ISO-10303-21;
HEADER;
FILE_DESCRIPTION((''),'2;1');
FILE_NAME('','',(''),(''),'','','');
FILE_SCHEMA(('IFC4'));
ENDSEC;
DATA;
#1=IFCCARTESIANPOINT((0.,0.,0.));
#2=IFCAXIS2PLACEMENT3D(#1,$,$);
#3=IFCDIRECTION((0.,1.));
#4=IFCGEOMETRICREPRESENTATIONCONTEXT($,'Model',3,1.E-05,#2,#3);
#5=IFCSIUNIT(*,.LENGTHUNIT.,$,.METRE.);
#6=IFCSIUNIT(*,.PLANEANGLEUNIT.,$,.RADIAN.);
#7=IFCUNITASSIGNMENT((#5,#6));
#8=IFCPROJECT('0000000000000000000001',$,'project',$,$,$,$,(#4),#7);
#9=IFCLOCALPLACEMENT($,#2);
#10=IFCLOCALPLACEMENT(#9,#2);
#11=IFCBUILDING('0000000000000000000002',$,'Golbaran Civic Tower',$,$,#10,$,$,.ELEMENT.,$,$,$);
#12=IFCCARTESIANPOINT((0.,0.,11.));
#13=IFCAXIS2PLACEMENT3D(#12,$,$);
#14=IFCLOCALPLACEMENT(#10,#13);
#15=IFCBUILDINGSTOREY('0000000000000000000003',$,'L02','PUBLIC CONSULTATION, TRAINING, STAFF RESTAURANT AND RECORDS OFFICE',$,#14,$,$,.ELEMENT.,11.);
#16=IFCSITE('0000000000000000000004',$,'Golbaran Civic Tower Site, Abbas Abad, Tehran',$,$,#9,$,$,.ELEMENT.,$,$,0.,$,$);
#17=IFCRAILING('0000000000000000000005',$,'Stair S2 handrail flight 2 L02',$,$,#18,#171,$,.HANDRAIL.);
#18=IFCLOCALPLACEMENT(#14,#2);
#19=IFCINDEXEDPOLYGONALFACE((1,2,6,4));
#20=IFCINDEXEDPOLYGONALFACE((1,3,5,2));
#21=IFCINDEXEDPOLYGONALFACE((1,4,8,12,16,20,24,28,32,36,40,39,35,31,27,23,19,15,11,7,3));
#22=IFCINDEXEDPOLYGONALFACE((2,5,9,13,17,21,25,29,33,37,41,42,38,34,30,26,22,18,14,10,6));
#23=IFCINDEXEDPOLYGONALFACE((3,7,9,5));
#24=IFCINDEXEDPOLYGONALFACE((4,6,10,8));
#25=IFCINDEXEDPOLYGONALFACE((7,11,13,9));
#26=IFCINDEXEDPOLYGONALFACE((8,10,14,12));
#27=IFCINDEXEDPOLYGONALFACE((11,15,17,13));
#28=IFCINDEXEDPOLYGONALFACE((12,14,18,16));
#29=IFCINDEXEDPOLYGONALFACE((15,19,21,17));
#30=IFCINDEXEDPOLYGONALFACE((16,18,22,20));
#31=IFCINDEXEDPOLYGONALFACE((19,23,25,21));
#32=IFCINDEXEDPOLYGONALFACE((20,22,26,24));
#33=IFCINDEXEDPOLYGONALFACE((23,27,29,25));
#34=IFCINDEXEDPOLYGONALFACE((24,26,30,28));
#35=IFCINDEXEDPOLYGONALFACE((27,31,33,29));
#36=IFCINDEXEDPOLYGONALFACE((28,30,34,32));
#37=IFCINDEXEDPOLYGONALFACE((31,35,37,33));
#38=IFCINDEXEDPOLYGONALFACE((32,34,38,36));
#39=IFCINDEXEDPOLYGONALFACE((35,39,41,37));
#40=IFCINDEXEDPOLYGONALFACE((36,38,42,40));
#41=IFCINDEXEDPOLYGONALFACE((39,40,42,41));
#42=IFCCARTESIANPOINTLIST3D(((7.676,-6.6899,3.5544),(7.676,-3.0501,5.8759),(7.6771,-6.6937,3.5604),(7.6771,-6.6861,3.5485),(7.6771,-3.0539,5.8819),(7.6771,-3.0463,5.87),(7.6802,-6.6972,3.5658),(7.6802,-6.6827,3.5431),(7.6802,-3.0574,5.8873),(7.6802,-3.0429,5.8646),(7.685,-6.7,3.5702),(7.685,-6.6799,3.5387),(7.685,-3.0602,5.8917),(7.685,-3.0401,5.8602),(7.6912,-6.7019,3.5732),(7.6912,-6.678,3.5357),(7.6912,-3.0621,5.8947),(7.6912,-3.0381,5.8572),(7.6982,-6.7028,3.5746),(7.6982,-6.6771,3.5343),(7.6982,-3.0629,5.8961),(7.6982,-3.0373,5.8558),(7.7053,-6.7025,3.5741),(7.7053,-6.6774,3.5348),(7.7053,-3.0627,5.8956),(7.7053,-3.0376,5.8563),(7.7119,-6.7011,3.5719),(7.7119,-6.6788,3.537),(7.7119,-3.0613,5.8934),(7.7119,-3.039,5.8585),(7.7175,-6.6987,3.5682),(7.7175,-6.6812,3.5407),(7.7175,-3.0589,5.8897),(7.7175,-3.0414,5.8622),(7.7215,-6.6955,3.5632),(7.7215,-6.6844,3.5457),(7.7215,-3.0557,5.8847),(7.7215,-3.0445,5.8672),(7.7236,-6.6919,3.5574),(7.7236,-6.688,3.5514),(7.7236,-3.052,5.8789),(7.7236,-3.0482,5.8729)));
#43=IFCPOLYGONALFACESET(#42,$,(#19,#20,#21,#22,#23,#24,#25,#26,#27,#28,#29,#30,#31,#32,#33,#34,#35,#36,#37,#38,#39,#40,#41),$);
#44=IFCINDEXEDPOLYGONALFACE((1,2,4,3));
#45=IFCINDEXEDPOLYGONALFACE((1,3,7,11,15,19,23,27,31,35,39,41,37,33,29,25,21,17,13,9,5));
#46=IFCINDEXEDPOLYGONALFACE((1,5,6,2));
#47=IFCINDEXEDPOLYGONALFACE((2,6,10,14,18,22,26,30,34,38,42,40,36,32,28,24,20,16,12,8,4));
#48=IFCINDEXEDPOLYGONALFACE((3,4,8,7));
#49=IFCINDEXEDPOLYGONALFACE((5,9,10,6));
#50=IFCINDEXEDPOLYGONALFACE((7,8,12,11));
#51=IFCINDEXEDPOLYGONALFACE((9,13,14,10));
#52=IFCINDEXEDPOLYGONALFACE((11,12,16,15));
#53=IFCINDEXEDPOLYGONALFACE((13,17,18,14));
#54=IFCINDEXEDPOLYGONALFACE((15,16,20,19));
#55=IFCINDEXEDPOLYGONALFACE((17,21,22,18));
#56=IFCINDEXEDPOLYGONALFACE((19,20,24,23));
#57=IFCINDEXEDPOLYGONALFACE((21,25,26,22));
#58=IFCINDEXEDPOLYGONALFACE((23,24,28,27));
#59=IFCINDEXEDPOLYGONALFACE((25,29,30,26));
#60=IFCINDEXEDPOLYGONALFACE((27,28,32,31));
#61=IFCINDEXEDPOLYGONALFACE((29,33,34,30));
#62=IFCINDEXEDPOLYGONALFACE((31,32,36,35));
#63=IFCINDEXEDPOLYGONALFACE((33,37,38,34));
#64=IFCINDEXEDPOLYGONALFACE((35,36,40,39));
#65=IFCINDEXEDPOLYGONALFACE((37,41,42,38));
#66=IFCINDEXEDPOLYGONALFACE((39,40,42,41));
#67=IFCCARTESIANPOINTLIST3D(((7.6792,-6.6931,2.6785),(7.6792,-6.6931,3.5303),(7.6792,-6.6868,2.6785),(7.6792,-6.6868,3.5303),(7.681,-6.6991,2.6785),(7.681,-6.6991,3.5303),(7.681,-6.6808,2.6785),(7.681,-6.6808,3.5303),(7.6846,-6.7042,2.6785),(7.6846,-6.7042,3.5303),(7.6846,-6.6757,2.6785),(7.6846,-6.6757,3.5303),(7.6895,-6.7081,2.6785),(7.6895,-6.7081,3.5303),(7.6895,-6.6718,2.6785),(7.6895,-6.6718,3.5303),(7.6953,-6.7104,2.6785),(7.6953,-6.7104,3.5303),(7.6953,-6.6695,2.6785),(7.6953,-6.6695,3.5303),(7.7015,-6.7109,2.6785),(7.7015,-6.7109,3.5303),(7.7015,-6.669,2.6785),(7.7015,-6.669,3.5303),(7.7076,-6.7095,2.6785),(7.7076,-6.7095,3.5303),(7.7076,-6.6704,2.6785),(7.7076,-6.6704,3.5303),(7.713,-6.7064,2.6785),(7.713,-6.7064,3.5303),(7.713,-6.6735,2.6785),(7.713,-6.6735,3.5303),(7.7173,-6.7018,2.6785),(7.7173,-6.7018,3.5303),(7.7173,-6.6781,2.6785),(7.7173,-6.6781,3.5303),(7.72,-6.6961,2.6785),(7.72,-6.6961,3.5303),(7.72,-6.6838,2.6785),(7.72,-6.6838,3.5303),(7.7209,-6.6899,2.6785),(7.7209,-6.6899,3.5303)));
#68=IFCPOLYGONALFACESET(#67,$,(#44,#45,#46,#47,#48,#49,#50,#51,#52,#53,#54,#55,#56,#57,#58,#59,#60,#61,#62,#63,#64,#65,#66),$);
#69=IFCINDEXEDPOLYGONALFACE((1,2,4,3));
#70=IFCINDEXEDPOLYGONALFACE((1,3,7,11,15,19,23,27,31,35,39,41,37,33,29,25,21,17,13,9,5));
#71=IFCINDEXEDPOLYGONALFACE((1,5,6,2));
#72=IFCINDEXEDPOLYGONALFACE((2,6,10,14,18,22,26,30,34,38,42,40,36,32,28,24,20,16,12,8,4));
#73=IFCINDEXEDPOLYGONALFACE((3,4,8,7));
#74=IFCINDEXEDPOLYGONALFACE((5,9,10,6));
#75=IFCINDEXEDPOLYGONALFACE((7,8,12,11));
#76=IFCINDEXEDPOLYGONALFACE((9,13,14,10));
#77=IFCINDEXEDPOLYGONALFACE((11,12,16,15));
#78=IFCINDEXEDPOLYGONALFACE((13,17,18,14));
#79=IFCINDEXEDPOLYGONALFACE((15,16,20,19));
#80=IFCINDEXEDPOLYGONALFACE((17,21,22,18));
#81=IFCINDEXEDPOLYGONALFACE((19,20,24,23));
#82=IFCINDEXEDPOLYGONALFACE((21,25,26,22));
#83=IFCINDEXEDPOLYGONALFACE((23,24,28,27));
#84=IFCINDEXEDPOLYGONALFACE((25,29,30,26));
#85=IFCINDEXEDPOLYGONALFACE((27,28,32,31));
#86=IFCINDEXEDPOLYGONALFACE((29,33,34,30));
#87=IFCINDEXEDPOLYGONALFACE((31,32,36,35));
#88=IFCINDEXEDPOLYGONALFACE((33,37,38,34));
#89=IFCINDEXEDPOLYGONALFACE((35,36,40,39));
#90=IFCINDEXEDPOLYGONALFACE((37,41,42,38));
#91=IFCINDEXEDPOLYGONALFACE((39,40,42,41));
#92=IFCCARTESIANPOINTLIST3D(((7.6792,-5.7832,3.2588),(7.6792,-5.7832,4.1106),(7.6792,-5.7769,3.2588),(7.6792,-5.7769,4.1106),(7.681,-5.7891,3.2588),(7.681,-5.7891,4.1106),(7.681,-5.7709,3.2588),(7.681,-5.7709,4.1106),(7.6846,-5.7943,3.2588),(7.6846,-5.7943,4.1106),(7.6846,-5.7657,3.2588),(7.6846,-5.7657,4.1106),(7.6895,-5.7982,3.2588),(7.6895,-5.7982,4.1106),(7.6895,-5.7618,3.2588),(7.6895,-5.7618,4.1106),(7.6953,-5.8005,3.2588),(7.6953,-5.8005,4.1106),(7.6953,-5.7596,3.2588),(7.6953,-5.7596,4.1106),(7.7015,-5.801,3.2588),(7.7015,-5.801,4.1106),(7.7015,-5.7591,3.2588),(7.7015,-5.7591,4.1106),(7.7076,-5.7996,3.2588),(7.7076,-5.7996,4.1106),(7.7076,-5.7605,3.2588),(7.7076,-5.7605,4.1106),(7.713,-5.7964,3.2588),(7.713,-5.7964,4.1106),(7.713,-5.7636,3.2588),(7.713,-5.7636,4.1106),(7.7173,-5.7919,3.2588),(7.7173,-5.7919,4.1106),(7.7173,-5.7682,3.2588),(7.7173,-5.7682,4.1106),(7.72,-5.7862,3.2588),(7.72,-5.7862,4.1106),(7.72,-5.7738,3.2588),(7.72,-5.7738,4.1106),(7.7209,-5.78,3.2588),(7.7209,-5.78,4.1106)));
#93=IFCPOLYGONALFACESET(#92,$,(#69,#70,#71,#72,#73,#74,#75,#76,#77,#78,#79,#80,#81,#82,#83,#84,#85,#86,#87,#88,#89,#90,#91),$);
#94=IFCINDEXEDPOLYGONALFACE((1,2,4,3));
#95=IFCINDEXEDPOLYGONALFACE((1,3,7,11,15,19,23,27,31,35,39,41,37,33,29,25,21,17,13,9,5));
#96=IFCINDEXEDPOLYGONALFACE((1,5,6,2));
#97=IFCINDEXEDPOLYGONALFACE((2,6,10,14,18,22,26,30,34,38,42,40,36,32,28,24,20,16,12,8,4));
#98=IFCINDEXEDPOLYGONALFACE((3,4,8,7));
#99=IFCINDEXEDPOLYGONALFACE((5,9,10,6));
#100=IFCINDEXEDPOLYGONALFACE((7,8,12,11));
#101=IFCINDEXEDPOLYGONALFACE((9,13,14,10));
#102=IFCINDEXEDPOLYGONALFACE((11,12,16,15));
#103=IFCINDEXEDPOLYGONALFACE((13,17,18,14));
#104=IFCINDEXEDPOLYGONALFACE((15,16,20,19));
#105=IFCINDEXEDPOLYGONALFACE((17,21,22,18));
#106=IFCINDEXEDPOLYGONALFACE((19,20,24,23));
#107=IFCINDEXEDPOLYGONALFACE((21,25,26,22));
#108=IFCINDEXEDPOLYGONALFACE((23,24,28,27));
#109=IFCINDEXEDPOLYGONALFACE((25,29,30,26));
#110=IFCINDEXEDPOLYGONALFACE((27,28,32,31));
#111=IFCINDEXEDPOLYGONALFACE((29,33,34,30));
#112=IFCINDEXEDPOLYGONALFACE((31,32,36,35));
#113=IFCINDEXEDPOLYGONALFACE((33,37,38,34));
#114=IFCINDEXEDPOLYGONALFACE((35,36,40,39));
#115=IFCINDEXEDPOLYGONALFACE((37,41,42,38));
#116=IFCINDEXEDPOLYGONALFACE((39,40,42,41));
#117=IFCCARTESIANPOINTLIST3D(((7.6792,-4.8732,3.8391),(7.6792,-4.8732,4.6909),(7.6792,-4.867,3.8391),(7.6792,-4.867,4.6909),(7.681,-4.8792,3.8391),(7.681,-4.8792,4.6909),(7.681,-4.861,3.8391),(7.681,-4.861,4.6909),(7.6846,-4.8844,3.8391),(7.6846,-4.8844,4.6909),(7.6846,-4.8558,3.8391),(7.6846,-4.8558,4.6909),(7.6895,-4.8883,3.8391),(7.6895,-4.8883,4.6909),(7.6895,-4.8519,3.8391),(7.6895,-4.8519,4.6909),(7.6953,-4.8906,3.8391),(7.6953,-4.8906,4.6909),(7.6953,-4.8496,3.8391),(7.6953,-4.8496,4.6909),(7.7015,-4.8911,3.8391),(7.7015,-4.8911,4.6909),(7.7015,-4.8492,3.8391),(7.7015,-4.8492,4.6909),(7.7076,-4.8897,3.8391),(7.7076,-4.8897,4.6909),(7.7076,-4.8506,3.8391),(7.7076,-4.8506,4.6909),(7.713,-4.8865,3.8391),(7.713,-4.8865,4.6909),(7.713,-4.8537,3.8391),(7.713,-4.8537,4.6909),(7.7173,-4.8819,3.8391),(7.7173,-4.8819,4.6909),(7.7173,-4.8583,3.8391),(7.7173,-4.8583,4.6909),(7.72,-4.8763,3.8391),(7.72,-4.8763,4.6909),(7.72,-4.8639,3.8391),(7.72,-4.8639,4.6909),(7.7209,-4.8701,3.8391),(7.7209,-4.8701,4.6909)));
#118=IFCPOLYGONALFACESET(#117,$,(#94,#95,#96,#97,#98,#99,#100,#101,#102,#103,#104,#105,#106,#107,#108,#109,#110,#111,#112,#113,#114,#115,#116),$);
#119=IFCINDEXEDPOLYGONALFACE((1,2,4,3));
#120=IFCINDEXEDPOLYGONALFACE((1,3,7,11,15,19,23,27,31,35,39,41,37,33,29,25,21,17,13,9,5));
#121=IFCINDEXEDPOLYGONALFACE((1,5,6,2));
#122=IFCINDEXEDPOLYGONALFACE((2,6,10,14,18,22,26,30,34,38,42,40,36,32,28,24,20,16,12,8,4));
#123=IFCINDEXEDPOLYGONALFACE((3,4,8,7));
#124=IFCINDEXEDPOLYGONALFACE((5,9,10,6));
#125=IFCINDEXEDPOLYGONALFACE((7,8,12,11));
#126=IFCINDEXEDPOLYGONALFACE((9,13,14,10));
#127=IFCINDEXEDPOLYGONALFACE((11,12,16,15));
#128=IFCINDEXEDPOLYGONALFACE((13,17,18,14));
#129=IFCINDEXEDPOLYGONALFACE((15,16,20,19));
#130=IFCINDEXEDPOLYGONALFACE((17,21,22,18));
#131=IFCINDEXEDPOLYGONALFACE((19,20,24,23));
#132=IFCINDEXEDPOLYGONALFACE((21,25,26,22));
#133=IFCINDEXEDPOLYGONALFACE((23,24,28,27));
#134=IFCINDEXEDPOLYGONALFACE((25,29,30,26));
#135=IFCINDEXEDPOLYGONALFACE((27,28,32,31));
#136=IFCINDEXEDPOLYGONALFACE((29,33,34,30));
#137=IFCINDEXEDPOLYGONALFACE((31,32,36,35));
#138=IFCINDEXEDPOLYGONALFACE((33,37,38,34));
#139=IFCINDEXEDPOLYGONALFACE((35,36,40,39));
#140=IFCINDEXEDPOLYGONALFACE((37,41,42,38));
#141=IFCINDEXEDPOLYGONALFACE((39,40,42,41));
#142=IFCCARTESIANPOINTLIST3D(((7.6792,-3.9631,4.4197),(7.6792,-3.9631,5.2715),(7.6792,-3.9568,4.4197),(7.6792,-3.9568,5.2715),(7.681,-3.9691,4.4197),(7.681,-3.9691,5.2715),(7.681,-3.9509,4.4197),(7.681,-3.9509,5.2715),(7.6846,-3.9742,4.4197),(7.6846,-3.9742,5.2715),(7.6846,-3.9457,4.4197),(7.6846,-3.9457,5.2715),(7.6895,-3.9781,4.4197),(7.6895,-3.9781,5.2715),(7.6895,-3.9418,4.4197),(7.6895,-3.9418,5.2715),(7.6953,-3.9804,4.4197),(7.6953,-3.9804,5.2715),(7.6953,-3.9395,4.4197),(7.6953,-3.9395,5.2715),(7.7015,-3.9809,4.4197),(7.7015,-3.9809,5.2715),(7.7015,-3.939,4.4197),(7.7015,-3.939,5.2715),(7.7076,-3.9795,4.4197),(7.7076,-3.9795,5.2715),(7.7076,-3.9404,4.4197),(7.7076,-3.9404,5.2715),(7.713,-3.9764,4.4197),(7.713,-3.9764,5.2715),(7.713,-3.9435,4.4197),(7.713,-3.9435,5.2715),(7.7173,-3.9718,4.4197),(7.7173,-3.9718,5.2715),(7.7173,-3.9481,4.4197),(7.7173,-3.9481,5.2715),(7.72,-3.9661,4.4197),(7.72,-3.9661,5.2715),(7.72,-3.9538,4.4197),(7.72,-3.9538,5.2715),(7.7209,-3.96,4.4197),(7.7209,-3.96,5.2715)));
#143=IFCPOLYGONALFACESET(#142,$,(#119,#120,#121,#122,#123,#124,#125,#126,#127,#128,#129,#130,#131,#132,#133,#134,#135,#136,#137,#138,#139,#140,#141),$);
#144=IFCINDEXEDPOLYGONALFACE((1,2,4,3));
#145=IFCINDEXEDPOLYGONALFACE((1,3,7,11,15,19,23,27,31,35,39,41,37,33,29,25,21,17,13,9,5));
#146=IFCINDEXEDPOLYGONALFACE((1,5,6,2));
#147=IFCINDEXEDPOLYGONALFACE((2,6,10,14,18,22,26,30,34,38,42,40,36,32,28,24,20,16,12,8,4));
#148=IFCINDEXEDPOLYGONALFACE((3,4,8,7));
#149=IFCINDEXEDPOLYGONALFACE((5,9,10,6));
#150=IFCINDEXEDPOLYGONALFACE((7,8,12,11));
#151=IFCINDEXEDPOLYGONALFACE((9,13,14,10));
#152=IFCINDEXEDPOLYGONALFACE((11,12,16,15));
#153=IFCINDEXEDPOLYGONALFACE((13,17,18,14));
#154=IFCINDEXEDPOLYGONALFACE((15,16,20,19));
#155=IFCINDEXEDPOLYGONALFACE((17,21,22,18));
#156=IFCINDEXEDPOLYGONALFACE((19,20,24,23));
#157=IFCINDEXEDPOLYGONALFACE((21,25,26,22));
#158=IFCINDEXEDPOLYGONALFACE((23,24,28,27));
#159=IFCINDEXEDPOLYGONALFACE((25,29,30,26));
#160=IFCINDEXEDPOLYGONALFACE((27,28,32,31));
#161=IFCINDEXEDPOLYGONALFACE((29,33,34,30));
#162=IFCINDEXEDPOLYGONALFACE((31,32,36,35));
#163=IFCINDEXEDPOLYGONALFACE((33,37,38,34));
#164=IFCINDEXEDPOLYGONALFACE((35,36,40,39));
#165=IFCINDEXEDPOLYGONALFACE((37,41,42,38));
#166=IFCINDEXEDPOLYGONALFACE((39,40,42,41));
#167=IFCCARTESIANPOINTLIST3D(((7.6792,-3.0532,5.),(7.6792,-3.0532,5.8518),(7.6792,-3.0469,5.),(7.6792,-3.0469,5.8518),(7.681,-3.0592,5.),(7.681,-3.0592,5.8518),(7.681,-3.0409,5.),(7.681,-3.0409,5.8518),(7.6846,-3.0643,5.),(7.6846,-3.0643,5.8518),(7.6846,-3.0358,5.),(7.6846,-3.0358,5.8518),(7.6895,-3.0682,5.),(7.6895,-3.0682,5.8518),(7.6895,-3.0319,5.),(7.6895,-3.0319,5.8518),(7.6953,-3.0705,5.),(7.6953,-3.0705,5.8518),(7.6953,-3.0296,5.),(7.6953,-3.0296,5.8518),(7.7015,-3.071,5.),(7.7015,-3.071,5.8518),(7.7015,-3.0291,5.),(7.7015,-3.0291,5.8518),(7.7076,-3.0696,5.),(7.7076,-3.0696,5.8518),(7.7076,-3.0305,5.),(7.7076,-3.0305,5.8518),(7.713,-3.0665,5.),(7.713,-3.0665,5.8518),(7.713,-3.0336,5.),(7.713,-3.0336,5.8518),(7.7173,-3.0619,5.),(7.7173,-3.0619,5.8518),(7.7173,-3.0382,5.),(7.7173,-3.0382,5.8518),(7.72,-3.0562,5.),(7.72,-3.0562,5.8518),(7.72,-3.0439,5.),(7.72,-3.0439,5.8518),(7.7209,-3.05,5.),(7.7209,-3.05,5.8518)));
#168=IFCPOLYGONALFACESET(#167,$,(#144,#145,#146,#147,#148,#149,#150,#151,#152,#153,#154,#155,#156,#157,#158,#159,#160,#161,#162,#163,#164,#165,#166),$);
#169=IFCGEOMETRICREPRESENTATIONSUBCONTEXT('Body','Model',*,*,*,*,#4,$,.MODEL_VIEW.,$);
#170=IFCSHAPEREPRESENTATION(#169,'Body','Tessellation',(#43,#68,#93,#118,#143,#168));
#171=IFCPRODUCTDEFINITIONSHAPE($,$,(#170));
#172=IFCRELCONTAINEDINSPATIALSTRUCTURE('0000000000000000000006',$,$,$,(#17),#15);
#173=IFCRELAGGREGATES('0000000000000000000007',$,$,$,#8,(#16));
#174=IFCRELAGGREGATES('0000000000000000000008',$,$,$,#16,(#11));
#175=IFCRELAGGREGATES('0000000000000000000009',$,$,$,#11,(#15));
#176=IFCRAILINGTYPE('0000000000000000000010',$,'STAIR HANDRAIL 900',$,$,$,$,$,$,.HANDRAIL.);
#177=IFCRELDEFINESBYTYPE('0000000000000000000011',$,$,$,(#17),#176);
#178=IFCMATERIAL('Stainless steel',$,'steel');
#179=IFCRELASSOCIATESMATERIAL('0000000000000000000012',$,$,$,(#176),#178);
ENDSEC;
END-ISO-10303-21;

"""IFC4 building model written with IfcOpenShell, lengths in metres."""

from ifc_helpers import new_model, si_unit, direction, frame, origin, origin_2d, place, context, subcontext, project, spatial, circle, extrude, material, type_object, element, save


model = new_model("IFC4")

# Units and contexts
model_context = context("Model", 3, precision=1e-05, world=origin(), true_north=direction((0.0, 1.0)))
body_context = subcontext(model_context, "Body", "Model", "MODEL_VIEW")
ifc_project = project(units=[si_unit("LENGTHUNIT", "METRE"), si_unit("PLANEANGLEUNIT", "RADIAN")], contexts=[model_context])

# Site, building, storey
site_placement = place(None, origin())
site = spatial("IfcSite", under=ifc_project, at=site_placement, Name="Golbaran Civic Tower Site, Abbas Abad, Tehran", CompositionType="ELEMENT", RefElevation=0.0)
building_placement = place(site_placement, origin())
building = spatial("IfcBuilding", under=site, at=building_placement, Name="Golbaran Civic Tower", CompositionType="ELEMENT")
storey_placement = place(building_placement, frame((0.0, 0.0, 11.0)))
storey = spatial("IfcBuildingStorey", under=building, at=storey_placement, Name="L02", Description="PUBLIC CONSULTATION, TRAINING, STAFF RESTAURANT AND RECORDS OFFICE", CompositionType="ELEMENT", Elevation=11.0)

# Shared definitions
ifc_material_1 = material(Name="Stainless steel", Category="steel")

# Railing
railing_type_1 = type_object("IfcRailingType", Name="STAIR HANDRAIL 900", PredefinedType="HANDRAIL", material=ifc_material_1)
railing_1_placement = place(storey_placement, frame((7.7, -6.6899, 2.6785)))
element("IfcRailing", 1, at=railing_1_placement, inside=storey, type_object=railing_type_1, Name="Stair S2 handrail flight 2 L02", PredefinedType="HANDRAIL", context=body_context, shape_type="SweptSolid", body=[
    extrude(circle(Radius=0.0239, at=origin_2d()), frame((0.0, 0.0, 0.876), z_axis=(0.0, 0.843112, 0.537739), x_axis=(-1.0, 0.0, 0.0)), (0.0, 0.0, 1.0), 4.3171),
    extrude(circle(Radius=0.021, at=origin_2d()), origin(), (0.0, 0.0, 1.0), 0.8518),
    extrude(circle(Radius=0.021, at=origin_2d()), frame((0.0, 0.9099, 0.5803)), (0.0, 0.0, 1.0), 0.8518),
    extrude(circle(Radius=0.021, at=origin_2d()), frame((0.0, 1.8198, 1.1606)), (0.0, 0.0, 1.0), 0.8518),
    extrude(circle(Radius=0.021, at=origin_2d()), frame((0.0, 2.73, 1.7412)), (0.0, 0.0, 1.0), 0.8518),
    extrude(circle(Radius=0.021, at=origin_2d()), frame((0.0, 3.6399, 2.3215)), (0.0, 0.0, 1.0), 0.8518),
])

save(model, "model.ifc")
